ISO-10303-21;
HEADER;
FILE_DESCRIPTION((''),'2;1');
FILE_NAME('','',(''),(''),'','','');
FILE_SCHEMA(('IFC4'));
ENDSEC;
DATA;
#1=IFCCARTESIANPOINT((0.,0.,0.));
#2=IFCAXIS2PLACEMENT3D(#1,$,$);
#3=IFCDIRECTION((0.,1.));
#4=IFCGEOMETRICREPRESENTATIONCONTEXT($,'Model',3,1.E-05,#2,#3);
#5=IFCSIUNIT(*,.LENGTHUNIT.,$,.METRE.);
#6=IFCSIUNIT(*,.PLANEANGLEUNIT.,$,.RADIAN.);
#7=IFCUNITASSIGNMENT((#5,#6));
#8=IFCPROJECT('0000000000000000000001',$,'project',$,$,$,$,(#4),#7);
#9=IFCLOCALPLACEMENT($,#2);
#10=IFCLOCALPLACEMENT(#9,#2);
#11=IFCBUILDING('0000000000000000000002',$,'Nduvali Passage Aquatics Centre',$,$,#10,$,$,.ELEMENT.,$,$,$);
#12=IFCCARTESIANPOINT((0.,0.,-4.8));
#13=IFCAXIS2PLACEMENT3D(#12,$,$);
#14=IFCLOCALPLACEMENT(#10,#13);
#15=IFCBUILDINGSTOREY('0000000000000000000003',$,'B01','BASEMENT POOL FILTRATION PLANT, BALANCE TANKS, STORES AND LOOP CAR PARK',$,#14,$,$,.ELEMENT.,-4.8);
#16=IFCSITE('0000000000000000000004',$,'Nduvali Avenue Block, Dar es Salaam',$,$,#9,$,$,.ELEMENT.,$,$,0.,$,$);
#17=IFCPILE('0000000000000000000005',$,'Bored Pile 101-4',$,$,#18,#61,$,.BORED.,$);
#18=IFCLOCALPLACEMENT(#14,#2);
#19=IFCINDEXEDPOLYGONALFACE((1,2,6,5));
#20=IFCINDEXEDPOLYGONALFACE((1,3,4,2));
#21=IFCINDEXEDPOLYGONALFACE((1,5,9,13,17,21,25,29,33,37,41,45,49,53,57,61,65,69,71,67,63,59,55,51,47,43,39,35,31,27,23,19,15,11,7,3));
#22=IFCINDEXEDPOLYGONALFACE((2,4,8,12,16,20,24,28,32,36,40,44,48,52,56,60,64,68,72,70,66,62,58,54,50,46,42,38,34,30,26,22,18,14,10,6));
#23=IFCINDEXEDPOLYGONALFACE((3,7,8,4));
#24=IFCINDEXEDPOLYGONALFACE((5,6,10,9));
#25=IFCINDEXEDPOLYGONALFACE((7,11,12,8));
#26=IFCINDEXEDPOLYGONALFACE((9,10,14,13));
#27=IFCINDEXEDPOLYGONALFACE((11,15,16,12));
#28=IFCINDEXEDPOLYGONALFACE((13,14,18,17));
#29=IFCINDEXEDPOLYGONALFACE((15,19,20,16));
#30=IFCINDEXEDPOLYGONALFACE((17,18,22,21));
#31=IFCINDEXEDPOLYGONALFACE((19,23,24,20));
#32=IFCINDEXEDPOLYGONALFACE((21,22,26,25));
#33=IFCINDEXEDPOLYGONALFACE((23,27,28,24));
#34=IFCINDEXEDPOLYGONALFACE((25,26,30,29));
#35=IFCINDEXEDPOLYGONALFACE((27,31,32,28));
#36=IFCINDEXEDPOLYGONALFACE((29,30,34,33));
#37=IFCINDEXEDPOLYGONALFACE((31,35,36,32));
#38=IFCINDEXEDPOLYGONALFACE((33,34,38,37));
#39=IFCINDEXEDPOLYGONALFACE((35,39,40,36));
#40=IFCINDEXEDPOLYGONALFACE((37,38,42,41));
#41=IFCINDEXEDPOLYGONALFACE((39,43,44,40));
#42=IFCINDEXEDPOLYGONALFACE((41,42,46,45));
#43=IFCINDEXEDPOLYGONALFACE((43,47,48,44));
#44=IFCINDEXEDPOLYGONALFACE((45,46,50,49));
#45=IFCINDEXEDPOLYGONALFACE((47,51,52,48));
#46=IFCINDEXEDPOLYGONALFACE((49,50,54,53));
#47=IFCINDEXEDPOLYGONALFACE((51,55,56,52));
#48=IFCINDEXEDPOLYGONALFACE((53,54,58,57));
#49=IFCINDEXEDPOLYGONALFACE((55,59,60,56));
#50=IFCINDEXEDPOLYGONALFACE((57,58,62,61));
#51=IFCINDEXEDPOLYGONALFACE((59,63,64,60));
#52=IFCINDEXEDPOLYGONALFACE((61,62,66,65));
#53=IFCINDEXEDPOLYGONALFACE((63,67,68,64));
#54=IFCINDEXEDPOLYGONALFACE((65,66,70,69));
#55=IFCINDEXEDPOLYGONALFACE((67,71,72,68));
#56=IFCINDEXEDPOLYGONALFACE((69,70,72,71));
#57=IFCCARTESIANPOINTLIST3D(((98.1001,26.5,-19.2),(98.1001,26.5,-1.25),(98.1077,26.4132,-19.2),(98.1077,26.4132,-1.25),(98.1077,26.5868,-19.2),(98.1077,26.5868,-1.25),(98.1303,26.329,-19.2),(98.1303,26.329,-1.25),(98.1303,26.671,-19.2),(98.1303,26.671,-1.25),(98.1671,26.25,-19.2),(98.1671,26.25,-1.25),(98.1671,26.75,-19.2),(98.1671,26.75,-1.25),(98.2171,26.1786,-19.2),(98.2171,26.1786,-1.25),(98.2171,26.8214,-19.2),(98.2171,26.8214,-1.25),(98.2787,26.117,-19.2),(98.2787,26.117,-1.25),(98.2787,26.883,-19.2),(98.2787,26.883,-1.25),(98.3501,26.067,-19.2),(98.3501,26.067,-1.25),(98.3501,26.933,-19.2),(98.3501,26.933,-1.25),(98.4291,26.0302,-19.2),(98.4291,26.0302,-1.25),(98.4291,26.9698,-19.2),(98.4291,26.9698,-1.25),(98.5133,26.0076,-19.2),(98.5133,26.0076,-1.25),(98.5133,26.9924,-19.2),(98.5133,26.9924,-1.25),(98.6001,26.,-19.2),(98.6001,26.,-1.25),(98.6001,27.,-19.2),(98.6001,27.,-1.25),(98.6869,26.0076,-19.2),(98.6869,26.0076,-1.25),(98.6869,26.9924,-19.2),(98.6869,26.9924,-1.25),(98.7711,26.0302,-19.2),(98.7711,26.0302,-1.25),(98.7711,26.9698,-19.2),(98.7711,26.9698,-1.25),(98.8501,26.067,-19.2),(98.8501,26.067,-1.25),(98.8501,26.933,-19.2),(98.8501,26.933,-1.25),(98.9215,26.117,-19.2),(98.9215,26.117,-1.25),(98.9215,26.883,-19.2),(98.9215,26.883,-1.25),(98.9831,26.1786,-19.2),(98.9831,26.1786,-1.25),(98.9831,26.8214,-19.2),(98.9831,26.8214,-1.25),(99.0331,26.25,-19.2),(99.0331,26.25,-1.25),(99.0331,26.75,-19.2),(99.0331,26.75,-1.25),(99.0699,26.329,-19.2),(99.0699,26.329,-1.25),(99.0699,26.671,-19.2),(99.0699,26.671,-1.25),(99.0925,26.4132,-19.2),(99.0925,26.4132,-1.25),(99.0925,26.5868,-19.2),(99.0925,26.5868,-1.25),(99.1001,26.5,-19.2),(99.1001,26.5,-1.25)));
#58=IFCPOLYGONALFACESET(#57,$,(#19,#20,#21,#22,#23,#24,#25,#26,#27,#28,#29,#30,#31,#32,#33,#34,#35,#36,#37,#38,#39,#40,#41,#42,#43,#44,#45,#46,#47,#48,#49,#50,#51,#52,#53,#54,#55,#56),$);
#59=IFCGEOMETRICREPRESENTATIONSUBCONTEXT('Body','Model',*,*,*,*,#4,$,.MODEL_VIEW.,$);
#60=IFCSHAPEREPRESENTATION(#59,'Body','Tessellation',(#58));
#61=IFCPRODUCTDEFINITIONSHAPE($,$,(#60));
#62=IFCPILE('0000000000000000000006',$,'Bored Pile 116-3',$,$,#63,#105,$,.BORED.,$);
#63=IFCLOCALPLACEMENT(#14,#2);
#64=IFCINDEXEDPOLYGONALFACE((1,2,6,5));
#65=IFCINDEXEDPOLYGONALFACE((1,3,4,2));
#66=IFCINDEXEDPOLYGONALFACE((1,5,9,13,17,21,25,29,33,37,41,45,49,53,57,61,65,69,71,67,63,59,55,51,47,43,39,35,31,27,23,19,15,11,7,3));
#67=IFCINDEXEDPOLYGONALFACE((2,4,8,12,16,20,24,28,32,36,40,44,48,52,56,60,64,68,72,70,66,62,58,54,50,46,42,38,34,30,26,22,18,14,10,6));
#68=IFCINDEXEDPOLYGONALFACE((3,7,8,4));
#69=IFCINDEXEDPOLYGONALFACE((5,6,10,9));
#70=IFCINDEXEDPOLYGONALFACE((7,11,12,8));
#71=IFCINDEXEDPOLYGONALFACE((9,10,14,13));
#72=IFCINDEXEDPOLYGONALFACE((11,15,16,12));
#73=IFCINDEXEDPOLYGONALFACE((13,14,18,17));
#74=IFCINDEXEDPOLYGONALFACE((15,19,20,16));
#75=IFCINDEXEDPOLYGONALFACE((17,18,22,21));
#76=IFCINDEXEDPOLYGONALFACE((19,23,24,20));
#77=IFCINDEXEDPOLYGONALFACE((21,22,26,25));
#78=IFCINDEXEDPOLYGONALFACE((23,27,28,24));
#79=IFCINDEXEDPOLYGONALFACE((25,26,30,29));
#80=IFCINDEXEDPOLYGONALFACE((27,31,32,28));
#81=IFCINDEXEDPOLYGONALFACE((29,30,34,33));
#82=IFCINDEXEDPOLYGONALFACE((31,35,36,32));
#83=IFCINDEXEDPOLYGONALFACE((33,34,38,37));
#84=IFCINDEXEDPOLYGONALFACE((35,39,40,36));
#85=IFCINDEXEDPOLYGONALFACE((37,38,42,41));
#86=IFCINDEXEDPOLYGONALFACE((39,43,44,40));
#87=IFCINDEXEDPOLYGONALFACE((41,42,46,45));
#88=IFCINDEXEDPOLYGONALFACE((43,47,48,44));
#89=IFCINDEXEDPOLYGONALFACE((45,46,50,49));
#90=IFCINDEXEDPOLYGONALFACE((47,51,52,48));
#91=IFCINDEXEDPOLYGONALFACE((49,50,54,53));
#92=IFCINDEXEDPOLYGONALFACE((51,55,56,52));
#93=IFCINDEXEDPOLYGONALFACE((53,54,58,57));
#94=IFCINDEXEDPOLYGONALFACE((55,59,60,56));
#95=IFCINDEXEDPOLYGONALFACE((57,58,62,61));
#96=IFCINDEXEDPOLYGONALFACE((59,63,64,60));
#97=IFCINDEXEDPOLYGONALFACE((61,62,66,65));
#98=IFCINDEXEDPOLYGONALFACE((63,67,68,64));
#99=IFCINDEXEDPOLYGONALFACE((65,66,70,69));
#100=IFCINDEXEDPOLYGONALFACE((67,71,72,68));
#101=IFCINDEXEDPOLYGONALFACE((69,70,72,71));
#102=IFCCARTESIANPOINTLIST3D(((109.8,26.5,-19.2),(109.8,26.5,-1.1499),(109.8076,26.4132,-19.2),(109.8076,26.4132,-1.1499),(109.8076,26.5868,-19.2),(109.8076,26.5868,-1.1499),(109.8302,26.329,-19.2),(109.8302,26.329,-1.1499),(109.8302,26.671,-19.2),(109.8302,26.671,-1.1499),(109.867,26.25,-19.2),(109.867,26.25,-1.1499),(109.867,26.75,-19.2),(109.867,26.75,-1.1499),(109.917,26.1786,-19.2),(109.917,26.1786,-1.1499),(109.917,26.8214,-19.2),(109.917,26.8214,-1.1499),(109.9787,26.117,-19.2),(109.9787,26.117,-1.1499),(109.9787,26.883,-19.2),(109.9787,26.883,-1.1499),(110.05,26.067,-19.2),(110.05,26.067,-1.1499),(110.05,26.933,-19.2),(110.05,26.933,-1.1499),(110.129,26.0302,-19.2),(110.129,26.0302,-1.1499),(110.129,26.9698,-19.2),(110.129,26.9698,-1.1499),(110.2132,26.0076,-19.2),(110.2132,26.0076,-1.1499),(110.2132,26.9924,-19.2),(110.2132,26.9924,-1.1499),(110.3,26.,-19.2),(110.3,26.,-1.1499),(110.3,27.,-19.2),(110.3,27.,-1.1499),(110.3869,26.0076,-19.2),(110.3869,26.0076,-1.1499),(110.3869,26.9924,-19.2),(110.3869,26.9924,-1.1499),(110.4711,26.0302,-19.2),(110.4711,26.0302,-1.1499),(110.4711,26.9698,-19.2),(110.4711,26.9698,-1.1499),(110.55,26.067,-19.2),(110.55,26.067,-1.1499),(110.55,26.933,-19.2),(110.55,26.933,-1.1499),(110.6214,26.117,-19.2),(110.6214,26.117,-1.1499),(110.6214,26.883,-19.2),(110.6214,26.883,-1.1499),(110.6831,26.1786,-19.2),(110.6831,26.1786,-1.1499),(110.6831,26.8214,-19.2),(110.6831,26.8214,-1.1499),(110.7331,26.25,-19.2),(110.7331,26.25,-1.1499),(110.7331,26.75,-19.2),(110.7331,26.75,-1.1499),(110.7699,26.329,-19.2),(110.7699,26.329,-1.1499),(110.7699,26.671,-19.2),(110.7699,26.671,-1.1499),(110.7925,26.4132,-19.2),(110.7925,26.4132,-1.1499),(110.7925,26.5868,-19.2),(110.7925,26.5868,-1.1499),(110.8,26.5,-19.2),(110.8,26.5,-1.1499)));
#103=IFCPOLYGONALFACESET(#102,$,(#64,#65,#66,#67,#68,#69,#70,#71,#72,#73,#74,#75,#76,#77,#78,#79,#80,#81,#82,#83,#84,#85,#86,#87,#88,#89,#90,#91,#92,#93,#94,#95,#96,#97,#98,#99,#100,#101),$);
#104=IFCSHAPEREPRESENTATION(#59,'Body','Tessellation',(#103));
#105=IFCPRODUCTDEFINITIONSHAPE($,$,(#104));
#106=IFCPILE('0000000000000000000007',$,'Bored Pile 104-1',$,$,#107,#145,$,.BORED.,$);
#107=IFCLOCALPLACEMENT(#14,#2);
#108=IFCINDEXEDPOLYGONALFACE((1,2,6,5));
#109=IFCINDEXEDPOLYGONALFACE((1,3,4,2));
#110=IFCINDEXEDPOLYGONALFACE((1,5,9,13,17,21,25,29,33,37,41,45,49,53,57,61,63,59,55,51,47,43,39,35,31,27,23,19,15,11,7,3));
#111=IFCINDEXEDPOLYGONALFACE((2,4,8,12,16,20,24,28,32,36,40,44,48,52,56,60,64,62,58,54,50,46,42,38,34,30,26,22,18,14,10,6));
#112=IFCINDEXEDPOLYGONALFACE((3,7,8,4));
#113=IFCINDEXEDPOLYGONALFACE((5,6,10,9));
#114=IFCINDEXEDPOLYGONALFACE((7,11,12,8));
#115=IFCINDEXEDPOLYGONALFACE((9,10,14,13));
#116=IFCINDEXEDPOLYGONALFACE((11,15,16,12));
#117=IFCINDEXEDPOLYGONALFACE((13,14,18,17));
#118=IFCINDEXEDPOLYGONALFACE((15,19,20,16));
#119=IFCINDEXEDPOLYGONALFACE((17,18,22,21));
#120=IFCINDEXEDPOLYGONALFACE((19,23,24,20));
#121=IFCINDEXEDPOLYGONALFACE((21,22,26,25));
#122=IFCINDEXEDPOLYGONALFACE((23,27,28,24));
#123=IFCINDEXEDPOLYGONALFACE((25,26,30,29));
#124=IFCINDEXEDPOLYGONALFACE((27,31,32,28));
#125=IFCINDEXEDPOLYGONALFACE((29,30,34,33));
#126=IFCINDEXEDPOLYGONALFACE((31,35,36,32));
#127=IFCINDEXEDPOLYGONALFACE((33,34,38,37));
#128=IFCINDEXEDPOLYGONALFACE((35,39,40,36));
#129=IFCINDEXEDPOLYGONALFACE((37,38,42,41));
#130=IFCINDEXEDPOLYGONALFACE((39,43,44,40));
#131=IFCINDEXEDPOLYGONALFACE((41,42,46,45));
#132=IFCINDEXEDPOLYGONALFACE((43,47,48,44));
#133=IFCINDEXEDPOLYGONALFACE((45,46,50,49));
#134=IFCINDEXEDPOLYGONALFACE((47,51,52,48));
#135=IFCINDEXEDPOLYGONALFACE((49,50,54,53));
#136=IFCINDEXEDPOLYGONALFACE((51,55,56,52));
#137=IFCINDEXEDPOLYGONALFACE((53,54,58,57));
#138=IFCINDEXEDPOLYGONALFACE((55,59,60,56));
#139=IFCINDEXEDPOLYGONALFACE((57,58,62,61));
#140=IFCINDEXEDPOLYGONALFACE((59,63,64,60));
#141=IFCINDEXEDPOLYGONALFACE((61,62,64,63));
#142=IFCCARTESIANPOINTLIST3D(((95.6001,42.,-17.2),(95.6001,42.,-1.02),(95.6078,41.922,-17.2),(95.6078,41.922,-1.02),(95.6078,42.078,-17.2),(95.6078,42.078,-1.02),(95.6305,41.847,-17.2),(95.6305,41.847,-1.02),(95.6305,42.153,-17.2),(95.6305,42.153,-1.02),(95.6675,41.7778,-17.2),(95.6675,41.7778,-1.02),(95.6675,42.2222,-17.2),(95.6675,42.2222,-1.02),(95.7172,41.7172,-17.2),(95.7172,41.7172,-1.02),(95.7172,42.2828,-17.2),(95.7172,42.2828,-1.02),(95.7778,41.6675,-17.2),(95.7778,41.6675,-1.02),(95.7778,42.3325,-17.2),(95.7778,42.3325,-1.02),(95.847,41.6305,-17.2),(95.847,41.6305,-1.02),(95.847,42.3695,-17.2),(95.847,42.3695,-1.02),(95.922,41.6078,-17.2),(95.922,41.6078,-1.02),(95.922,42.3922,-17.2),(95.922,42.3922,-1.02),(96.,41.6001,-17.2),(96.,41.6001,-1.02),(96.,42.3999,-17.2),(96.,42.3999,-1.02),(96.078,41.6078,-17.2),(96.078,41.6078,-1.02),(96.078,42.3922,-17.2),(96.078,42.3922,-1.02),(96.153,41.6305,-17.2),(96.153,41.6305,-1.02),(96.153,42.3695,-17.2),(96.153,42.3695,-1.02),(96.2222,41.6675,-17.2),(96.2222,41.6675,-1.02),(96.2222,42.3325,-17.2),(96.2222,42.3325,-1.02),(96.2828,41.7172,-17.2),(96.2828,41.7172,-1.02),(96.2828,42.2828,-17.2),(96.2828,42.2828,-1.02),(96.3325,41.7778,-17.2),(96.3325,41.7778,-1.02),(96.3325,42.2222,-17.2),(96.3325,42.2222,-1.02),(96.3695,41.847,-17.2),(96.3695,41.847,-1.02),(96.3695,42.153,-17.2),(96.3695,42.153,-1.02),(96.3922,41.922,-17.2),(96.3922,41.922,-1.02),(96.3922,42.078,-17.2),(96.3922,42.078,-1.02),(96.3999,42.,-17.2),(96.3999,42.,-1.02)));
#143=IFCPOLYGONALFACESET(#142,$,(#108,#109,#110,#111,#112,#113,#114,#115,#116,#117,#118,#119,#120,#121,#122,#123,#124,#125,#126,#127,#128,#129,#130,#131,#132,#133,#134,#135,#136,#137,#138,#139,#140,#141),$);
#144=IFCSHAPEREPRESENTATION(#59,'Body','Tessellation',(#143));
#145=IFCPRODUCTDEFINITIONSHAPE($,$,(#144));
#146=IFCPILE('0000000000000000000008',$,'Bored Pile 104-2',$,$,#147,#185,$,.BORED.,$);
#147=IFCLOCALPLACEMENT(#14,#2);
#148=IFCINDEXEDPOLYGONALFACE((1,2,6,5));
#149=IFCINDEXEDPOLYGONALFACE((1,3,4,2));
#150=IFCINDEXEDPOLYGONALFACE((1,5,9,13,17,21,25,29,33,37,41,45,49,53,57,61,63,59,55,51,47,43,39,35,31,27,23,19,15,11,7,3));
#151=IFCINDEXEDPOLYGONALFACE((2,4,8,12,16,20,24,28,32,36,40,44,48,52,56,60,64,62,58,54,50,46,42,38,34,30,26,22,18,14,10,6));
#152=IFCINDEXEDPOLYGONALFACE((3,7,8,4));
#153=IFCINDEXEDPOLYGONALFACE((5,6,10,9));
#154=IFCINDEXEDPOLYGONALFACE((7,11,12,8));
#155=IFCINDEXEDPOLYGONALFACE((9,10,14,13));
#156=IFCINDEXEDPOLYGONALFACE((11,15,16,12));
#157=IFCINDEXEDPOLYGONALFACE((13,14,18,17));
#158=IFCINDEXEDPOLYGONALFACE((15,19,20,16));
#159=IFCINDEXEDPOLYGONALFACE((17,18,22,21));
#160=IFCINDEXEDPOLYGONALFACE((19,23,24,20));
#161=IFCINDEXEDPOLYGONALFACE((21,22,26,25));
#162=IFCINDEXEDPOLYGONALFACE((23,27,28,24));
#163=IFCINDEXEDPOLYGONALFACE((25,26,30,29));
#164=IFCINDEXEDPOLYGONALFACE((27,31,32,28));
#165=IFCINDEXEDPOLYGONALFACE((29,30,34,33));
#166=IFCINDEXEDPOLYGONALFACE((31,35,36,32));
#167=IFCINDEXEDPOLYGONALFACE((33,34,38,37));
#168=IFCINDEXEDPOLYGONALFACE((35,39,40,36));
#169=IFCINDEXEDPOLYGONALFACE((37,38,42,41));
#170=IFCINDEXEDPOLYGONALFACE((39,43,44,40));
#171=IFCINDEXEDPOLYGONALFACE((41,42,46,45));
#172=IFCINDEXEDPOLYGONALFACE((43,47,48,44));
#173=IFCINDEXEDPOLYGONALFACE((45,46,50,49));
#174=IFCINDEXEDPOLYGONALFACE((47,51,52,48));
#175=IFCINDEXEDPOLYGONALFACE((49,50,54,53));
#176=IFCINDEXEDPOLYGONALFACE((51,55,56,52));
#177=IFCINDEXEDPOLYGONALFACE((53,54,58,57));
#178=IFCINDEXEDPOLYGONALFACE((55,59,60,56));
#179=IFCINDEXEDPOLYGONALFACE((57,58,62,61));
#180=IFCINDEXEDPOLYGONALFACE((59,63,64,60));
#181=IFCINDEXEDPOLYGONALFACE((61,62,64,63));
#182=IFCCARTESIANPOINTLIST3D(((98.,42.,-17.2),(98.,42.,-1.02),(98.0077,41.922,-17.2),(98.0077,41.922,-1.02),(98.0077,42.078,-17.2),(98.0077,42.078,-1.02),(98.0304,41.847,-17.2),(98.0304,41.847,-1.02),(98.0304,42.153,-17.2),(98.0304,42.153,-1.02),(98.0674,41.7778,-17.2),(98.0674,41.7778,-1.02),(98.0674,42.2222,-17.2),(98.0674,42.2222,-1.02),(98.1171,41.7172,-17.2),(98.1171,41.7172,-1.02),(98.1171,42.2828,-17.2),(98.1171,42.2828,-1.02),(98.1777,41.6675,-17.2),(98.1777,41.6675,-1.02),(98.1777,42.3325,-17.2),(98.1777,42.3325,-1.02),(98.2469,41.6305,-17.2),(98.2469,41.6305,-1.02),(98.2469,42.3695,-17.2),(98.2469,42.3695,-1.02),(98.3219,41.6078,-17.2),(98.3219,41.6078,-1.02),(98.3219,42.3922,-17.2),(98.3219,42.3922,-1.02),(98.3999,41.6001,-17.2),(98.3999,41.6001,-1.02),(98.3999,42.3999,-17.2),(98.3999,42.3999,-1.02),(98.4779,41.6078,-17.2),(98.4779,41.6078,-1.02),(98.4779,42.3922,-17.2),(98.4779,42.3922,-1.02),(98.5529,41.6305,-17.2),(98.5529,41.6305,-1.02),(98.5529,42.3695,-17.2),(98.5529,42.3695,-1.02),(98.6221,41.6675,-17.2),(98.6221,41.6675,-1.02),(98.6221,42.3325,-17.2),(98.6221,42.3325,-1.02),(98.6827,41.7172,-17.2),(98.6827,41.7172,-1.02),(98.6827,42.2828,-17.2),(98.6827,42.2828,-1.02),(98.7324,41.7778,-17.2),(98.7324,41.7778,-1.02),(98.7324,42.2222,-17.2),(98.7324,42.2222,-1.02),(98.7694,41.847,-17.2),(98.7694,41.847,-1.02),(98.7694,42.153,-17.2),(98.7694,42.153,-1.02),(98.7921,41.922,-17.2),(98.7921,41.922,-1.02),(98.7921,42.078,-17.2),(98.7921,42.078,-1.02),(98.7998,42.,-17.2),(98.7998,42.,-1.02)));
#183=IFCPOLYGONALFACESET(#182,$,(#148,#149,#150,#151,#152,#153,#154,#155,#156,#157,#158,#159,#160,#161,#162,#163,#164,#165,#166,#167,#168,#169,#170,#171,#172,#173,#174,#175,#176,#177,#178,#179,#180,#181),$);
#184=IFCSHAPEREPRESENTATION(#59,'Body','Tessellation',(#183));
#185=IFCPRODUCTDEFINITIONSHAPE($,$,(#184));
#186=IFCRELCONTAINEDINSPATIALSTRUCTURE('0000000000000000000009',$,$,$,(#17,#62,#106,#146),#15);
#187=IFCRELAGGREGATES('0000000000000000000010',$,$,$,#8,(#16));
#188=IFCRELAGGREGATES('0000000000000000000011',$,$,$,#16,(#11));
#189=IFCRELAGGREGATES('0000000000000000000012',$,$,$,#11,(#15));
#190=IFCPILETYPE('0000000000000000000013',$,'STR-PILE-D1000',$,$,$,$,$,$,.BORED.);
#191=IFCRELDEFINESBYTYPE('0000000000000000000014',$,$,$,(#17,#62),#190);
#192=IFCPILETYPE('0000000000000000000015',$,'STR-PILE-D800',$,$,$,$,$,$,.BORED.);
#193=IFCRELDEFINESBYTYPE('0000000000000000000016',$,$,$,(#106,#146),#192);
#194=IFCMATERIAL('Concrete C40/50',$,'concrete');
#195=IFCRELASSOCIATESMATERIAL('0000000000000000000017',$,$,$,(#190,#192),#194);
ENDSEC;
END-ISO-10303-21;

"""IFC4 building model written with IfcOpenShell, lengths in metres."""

from ifc_helpers import new_model, si_unit, direction, frame, origin, origin_2d, place, context, subcontext, project, spatial, circle, extrude, material, material_profile, profile_set, type_object, element, save


model = new_model("IFC4")

# Units and contexts
model_context = context("Model", 3, precision=1e-05, world=origin(), true_north=direction((0.0, 1.0)))
body_context = subcontext(model_context, "Body", "Model", "MODEL_VIEW")
ifc_project = project(units=[si_unit("LENGTHUNIT", "METRE"), si_unit("PLANEANGLEUNIT", "RADIAN")], contexts=[model_context])

# Site, building, storey
site_placement = place(None, origin())
site = spatial("IfcSite", under=ifc_project, at=site_placement, Name="Nduvali Avenue Block, Dar es Salaam", CompositionType="ELEMENT", RefElevation=0.0)
building_placement = place(site_placement, origin())
building = spatial("IfcBuilding", under=site, at=building_placement, Name="Nduvali Passage Aquatics Centre", CompositionType="ELEMENT")
storey_placement = place(building_placement, frame((0.0, 0.0, -4.8)))
storey = spatial("IfcBuildingStorey", under=building, at=storey_placement, Name="B01", Description="BASEMENT POOL FILTRATION PLANT, BALANCE TANKS, STORES AND LOOP CAR PARK", CompositionType="ELEMENT", Elevation=-4.8)

# Shared definitions
ifc_material = material(Name="Concrete C40/50", Category="concrete")

# Piles
ifc_material_profile_1 = material_profile(ifc_material, circle(Radius=0.5, at=origin_2d()), Name="PILE D1000")
ifc_profile_set_1 = profile_set([ifc_material_profile_1], Name="Concrete C40/50")
pile_type_1 = type_object("IfcPileType", Name="STR-PILE-D1000", PredefinedType="BORED", material=ifc_profile_set_1)
pile_1_placement = place(storey_placement, frame((98.6001, 26.5, -1.25), z_axis=(0.0, 0.0, -1.0), x_axis=(1.0, 0.0, 0.0)))
element("IfcPile", 1, at=pile_1_placement, inside=storey, type_object=pile_type_1, Name="Bored Pile 101-4", PredefinedType="BORED", context=body_context, shape_type="SweptSolid", body=[
    extrude(circle(Radius=0.5, at=origin_2d()), origin(), (0.0, 0.0, 1.0), 17.95),
])
pile_2_placement = place(storey_placement, frame((110.3, 26.5, -1.1499), z_axis=(0.0, 0.0, -1.0), x_axis=(1.0, 0.0, 0.0)))
element("IfcPile", 2, at=pile_2_placement, inside=storey, type_object=pile_type_1, Name="Bored Pile 116-3", PredefinedType="BORED", context=body_context, shape_type="SweptSolid", body=[
    extrude(circle(Radius=0.5, at=origin_2d()), origin(), (0.0, 0.0, 1.0), 18.05),
])
ifc_material_profile_2 = material_profile(ifc_material, circle(Radius=0.3999, at=origin_2d()), Name="PILE D800")
ifc_profile_set_2 = profile_set([ifc_material_profile_2], Name="Concrete C40/50")
pile_type_2 = type_object("IfcPileType", Name="STR-PILE-D800", PredefinedType="BORED", material=ifc_profile_set_2)
for number, where, z_axis, x_axis, name in (
    (3, (96.0, 42.0, -1.02), (0.0, 0.0, -1.0), (1.0, 0.0, 0.0), "Bored Pile 104-1"),
    (4, (98.3999, 42.0, -1.02), (0.0, 0.0, -1.0), (1.0, 0.0, 0.0), "Bored Pile 104-2"),
):
    element("IfcPile", number, at=place(storey_placement, frame(where, z_axis=z_axis, x_axis=x_axis)), inside=storey, type_object=pile_type_2, Name=name, PredefinedType="BORED", context=body_context, shape_type="SweptSolid", body=[
        extrude(circle(Radius=0.3999, at=origin_2d()), origin(), (0.0, 0.0, 1.0), 16.1799),
    ])

save(model, "model.ifc")
